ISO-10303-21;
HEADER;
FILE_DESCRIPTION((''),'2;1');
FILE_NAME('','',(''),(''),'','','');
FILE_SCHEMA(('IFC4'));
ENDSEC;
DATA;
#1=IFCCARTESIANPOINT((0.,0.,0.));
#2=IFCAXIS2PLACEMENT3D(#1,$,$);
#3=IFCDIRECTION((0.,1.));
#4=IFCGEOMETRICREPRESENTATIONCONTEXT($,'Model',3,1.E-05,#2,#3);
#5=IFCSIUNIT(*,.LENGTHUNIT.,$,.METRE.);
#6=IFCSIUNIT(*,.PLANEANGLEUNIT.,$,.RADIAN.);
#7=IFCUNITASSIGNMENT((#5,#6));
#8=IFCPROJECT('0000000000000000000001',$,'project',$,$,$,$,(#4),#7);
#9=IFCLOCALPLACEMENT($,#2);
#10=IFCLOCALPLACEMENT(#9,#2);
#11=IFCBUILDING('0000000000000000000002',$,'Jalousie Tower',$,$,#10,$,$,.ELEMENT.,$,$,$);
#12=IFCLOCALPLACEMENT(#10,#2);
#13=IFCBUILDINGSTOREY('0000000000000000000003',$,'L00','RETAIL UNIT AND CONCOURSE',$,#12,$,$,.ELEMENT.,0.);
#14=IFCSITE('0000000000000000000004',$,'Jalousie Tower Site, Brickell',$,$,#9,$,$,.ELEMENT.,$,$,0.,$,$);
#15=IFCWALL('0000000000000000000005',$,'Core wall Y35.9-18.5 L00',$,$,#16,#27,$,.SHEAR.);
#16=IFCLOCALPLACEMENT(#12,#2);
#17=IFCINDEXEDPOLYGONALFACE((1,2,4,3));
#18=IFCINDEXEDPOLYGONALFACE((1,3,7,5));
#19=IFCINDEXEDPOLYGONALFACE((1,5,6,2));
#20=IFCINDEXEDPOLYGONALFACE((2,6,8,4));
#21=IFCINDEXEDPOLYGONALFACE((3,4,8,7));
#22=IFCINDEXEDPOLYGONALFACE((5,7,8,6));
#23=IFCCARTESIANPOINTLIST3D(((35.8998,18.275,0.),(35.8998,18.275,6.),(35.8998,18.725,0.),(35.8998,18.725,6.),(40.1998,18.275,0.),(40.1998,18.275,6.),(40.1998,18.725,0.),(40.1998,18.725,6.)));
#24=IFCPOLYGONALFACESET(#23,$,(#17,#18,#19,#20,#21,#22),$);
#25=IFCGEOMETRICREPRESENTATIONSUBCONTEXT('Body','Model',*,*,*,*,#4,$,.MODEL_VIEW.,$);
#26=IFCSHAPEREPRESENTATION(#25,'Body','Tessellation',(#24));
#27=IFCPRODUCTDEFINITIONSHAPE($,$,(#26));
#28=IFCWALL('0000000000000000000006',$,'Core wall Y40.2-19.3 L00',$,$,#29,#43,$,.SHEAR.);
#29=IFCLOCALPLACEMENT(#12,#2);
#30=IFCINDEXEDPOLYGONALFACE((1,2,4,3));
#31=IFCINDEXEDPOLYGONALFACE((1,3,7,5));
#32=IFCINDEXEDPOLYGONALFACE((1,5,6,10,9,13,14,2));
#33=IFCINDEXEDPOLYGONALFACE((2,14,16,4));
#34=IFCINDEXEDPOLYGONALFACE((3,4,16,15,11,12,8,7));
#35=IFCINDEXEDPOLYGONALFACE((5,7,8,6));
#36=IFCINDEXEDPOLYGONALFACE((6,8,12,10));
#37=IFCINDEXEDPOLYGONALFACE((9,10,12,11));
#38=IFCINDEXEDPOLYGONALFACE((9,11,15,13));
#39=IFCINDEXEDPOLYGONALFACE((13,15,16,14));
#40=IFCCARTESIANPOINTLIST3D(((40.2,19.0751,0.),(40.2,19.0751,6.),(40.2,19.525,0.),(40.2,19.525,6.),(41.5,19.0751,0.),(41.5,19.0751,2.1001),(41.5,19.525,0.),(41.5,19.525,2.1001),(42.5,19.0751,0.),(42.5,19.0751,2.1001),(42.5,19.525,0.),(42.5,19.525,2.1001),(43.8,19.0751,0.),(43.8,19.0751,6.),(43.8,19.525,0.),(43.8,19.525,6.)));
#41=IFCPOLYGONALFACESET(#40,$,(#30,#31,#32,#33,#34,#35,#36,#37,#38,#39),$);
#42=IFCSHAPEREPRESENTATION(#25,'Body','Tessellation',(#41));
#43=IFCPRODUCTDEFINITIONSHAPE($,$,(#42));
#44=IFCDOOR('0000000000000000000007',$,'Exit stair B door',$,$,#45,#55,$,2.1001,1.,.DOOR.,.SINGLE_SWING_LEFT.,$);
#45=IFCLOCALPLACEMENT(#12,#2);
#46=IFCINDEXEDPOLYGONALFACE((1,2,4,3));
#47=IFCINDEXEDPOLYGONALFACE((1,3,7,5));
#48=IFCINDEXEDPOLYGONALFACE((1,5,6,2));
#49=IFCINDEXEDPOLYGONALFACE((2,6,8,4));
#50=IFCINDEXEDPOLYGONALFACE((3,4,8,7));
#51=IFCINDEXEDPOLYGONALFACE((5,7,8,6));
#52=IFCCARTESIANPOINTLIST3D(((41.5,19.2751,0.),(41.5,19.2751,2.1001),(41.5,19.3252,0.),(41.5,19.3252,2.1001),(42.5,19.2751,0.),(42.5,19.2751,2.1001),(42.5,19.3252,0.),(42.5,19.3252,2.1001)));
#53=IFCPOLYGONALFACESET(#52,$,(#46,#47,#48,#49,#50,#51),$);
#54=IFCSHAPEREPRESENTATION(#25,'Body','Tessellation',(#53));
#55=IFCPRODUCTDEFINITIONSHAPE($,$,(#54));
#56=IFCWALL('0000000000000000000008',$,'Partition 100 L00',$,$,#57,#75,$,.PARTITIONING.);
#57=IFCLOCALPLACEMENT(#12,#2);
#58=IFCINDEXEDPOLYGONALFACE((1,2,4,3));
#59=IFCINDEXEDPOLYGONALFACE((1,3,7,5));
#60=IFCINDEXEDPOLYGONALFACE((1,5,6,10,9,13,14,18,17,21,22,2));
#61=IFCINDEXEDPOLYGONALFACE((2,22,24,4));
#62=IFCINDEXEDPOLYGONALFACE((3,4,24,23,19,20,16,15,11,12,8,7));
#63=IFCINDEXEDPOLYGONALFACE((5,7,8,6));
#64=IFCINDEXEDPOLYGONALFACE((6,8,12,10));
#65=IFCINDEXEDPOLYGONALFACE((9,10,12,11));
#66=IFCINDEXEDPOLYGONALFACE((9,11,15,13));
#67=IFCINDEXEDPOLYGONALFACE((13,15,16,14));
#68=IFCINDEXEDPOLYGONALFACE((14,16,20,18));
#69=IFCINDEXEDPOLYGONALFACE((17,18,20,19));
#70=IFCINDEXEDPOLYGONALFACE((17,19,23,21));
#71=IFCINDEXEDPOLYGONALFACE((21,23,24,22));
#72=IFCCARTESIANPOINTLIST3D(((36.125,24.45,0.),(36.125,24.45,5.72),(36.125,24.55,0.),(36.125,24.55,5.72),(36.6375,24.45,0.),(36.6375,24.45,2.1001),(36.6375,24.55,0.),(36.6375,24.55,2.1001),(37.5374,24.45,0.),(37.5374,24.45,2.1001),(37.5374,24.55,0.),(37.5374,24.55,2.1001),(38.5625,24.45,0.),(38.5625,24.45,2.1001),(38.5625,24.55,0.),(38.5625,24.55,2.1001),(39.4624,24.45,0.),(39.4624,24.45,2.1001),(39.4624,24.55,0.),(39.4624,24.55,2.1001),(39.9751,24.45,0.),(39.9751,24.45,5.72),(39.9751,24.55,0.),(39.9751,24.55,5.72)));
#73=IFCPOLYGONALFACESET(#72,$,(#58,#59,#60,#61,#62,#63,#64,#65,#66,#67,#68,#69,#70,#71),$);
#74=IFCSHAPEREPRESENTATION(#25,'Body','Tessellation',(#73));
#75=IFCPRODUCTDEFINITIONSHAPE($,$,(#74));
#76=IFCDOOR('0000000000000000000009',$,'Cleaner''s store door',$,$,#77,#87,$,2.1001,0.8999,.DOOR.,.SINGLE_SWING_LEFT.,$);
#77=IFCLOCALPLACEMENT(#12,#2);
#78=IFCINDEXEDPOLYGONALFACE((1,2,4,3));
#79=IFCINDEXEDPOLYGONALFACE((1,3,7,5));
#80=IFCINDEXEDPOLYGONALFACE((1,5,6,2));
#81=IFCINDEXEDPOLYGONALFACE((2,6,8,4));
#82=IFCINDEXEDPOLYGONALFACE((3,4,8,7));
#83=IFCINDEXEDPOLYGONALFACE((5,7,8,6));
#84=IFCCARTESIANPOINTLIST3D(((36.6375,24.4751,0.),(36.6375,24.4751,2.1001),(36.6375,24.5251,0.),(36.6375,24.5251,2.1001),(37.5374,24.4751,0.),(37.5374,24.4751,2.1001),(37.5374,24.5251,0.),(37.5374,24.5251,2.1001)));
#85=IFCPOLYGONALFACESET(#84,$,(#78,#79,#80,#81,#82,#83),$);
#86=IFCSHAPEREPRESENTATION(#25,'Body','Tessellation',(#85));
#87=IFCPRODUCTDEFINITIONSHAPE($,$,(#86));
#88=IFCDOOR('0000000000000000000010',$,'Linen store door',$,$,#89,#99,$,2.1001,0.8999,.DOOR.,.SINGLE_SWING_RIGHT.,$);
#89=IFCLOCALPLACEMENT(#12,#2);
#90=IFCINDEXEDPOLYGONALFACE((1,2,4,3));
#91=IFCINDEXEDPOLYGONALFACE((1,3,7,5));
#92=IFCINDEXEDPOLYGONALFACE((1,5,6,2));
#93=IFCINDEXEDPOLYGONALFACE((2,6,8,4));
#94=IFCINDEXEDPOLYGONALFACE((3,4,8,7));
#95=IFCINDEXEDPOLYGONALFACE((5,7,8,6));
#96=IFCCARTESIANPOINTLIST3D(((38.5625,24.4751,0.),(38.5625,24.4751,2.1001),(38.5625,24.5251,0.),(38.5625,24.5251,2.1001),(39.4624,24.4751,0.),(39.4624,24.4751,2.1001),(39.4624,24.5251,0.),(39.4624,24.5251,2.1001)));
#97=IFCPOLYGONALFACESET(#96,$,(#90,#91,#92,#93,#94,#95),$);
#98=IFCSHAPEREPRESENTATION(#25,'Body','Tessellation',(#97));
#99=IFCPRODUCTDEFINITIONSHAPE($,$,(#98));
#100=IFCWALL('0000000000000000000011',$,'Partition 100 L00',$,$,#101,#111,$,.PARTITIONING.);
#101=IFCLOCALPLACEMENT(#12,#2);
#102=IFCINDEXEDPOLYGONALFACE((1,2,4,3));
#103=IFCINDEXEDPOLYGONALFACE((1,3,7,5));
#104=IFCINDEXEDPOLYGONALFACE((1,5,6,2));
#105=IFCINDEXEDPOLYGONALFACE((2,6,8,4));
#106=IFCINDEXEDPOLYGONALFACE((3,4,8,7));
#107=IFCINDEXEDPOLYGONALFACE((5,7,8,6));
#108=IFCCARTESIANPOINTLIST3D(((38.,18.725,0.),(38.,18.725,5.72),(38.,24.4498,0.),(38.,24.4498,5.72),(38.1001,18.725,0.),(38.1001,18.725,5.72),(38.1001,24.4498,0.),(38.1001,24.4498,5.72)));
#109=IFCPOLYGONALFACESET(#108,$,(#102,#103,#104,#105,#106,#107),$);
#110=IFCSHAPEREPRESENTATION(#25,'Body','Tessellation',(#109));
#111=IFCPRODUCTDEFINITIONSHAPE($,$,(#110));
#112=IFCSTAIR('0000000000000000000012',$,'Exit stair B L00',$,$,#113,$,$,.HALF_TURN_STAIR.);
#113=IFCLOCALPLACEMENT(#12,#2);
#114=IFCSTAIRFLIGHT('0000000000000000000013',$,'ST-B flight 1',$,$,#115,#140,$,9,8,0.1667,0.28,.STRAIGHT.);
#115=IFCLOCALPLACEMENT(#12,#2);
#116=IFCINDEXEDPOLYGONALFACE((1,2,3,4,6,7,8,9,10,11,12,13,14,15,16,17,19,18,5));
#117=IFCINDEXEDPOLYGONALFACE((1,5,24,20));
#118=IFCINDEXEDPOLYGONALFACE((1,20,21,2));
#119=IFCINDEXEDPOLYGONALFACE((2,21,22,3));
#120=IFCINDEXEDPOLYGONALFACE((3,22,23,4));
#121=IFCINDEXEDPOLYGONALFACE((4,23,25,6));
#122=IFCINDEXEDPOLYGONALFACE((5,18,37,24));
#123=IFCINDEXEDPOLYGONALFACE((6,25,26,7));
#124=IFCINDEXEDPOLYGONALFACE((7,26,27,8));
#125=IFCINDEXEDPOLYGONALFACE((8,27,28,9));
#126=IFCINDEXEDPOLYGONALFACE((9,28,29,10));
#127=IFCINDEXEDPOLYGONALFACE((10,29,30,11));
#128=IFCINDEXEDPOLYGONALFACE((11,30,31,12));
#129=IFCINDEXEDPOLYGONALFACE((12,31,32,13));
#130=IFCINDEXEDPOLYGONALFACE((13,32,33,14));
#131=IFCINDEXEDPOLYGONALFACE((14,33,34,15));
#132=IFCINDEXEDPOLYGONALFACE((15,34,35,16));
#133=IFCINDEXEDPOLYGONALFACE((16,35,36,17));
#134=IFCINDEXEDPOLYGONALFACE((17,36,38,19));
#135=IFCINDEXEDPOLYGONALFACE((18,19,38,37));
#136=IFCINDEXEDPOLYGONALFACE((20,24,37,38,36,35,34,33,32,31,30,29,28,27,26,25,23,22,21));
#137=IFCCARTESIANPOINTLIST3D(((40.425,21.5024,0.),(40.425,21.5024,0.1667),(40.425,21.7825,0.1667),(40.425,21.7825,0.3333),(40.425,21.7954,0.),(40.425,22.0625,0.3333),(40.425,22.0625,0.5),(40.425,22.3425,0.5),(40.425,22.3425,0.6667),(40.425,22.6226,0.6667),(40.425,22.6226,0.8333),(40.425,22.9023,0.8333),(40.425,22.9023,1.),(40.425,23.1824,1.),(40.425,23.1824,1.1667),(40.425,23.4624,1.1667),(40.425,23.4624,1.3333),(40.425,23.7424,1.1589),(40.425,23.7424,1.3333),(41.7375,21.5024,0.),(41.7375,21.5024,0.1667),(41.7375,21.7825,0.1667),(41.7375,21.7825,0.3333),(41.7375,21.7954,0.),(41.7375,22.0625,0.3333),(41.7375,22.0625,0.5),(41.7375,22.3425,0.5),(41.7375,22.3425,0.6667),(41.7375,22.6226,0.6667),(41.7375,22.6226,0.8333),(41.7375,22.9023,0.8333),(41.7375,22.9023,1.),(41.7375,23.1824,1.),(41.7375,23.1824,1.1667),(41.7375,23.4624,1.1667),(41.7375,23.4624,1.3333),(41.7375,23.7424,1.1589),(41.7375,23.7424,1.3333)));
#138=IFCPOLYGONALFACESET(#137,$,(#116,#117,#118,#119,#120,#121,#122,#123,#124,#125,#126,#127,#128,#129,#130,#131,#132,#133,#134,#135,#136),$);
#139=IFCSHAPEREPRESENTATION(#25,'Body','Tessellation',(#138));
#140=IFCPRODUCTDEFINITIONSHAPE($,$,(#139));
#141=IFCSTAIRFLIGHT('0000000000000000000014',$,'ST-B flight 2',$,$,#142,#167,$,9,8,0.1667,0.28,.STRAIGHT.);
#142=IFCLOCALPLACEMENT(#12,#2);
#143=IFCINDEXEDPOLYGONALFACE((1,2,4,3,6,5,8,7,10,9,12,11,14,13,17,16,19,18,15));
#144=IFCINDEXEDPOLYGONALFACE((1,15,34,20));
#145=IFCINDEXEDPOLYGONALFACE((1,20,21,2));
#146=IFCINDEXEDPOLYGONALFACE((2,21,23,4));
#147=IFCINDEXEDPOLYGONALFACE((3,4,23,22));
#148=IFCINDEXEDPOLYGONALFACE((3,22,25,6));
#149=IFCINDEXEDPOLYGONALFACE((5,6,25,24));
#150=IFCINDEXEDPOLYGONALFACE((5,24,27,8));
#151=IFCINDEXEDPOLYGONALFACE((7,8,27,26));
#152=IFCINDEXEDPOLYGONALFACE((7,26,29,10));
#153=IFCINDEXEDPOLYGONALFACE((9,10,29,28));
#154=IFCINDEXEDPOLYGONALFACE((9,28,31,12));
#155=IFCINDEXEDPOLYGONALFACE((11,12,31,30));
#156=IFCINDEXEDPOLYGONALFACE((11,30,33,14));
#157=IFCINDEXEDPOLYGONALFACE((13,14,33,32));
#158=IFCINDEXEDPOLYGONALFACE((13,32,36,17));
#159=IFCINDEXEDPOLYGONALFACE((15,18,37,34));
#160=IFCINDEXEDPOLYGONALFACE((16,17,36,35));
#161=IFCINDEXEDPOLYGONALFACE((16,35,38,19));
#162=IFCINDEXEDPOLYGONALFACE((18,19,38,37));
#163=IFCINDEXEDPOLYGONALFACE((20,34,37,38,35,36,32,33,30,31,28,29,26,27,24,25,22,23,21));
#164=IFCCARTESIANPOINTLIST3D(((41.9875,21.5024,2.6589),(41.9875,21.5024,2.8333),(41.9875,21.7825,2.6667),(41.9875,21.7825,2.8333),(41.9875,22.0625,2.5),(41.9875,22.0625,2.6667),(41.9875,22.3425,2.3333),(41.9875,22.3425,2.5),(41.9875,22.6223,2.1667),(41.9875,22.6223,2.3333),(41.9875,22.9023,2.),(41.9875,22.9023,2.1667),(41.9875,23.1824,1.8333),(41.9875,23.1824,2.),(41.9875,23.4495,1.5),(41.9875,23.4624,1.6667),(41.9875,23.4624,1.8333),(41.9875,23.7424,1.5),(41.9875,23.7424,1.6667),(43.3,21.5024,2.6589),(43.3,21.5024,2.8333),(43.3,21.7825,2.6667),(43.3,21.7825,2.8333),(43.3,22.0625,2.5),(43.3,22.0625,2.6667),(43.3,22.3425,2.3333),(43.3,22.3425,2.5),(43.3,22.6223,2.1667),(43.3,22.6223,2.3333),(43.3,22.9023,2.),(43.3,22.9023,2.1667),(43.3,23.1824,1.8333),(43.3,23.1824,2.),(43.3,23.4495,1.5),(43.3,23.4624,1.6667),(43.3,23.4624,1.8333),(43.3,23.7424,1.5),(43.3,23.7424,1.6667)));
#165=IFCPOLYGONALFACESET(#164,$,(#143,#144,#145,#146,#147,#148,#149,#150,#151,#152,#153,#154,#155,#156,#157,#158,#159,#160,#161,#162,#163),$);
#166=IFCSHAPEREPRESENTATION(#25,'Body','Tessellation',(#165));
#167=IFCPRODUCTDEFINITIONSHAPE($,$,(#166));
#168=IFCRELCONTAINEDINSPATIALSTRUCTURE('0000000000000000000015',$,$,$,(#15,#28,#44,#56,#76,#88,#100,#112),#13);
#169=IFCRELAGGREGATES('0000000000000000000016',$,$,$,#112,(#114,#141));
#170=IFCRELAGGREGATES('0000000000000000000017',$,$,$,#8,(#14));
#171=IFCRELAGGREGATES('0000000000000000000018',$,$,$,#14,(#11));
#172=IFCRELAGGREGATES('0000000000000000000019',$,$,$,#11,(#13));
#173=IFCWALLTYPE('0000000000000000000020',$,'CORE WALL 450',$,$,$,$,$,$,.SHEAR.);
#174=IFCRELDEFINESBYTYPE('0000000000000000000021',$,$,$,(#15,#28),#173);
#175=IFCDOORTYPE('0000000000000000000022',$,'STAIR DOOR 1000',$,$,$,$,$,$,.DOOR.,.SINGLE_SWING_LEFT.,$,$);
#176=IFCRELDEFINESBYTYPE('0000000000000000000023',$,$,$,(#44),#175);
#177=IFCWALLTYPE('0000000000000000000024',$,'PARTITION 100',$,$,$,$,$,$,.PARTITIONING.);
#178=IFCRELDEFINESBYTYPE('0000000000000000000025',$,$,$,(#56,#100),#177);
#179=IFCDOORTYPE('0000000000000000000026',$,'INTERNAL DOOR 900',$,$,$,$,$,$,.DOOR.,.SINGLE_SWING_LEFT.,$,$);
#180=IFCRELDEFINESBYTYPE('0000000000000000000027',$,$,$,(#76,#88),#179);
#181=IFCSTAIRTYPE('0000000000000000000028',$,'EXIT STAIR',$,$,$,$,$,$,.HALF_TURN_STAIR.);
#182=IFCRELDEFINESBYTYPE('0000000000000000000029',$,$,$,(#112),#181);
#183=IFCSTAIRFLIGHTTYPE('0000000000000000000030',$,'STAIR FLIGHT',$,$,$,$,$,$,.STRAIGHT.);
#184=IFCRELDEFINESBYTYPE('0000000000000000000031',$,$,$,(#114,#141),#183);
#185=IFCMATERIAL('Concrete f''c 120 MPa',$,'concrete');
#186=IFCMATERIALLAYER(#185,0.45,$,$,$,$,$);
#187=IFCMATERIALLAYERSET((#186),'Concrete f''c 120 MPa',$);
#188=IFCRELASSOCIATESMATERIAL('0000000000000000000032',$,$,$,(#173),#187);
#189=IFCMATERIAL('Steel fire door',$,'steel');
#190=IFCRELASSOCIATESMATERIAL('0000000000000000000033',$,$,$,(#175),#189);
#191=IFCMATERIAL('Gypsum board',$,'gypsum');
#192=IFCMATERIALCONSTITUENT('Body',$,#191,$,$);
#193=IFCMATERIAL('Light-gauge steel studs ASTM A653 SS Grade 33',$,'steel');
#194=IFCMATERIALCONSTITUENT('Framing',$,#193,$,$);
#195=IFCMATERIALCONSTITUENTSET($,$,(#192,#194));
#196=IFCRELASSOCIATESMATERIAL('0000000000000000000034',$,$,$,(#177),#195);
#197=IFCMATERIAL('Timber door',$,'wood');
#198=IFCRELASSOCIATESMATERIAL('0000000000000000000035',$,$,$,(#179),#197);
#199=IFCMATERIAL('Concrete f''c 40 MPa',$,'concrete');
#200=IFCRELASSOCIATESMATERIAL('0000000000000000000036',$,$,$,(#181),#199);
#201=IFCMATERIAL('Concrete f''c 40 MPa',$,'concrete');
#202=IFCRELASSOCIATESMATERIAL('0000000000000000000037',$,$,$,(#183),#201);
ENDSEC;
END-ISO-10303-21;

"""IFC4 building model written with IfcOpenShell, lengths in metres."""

from ifc_helpers import new_model, si_unit, direction, frame, frame_2d, origin, place, context, subcontext, project, spatial, polyline, rectangle, outline, extrude, material, layer, layer_set, constituent, constituent_set, type_object, element, fill, aggregate, save


model = new_model("IFC4")

# Units and contexts
model_context = context("Model", 3, precision=1e-05, world=origin(), true_north=direction((0.0, 1.0)))
body_context = subcontext(model_context, "Body", "Model", "MODEL_VIEW")
ifc_project = project(units=[si_unit("LENGTHUNIT", "METRE"), si_unit("PLANEANGLEUNIT", "RADIAN")], contexts=[model_context])

# Site, building, storey
site_placement = place(None, origin())
site = spatial("IfcSite", under=ifc_project, at=site_placement, Name="Jalousie Tower Site, Brickell", CompositionType="ELEMENT", RefElevation=0.0)
building_placement = place(site_placement, origin())
building = spatial("IfcBuilding", under=site, at=building_placement, Name="Jalousie Tower", CompositionType="ELEMENT")
storey_placement = place(building_placement, origin())
storey = spatial("IfcBuildingStorey", under=building, at=storey_placement, Name="L00", Description="RETAIL UNIT AND CONCOURSE", CompositionType="ELEMENT", Elevation=0.0)

# Shared definitions
ifc_material_1 = material(Name="Concrete f'c 120 MPa", Category="concrete")
ifc_layer_1 = layer(ifc_material_1, 0.45)
ifc_layer_set_1 = layer_set([ifc_layer_1], Name="Concrete f'c 120 MPa")
wall_type_1 = type_object("IfcWallType", Name="CORE WALL 450", PredefinedType="SHEAR", material=ifc_layer_set_1)

# Wall
wall_1_placement = place(storey_placement, frame((35.8999, 18.5, 0.0), z_axis=(0.0, 0.0, 1.0), x_axis=(1.0, 0.0, 0.0)))
element("IfcWall", 1, at=wall_1_placement, inside=storey, type_object=wall_type_1, Name="Core wall Y35.9-18.5 L00", PredefinedType="SHEAR", context=body_context, shape_type="SweptSolid", body=[
    extrude(rectangle(XDim=4.3, YDim=0.45, at=frame_2d((2.1499, 0.0))), origin(), (0.0, 0.0, 1.0), 6.0),
])

# Wall, opening, door
wall_2_placement = place(storey_placement, frame((40.2, 19.3, 0.0), z_axis=(0.0, 0.0, 1.0), x_axis=(1.0, 0.0, 0.0)))
wall_2 = element("IfcWall", 2, at=wall_2_placement, inside=storey, type_object=wall_type_1, Name="Core wall Y40.2-19.3 L00", PredefinedType="SHEAR", context=body_context, shape_type="SweptSolid", body=[
    extrude(rectangle(XDim=3.6001, YDim=0.45, at=frame_2d((1.8, 0.0))), origin(), (0.0, 0.0, 1.0), 6.0),
])
opening_1_placement = place(wall_2_placement, frame((1.3, 0.0, 0.0)))
opening_1 = element("IfcOpeningElement", 3, at=opening_1_placement, cuts=wall_2, PredefinedType="OPENING", context=body_context, shape_type="SweptSolid", body=[
    extrude(rectangle(XDim=1.0, YDim=2.1001, at=frame_2d((0.5, 1.05))), frame((0.0, 0.2349, 0.0), z_axis=(0.0, -1.0, 0.0), x_axis=(1.0, 0.0, 0.0)), (0.0, 0.0, 1.0), 0.47),
])
ifc_material_2 = material(Name="Steel fire door", Category="steel")
door_type_1 = type_object("IfcDoorType", Name="STAIR DOOR 1000", OperationType="SINGLE_SWING_LEFT", PredefinedType="DOOR", material=ifc_material_2)
door_1_placement = place(opening_1_placement, frame((1.0, 0.0, 0.0), z_axis=(0.0, 0.0, 1.0), x_axis=(-1.0, 0.0, 0.0)))
door_1 = element("IfcDoor", 4, at=door_1_placement, inside=storey, type_object=door_type_1, Name="Exit stair B door", OperationType="SINGLE_SWING_LEFT", OverallHeight=2.1001, OverallWidth=1.0, PredefinedType="DOOR", context=body_context, shape_type="SweptSolid", body=[
    extrude(rectangle(XDim=1.0, YDim=2.1001, at=frame_2d((0.5, 1.05))), frame((0.0, 0.0249, 0.0), z_axis=(0.0, -1.0, 0.0), x_axis=(1.0, 0.0, 0.0)), (0.0, 0.0, 1.0), 0.05),
])
fill(opening_1, door_1)

# Wall, openings, doors
ifc_material_3 = material(Name="Gypsum board", Category="gypsum")
ifc_constituent_1 = constituent(ifc_material_3, Name="Body")
ifc_material_4 = material(Name="Light-gauge steel studs ASTM A653 SS Grade 33", Category="steel")
ifc_constituent_2 = constituent(ifc_material_4, Name="Framing")
ifc_constituent_set_1 = constituent_set(constituents=[ifc_constituent_1, ifc_constituent_2])
wall_type_2 = type_object("IfcWallType", Name="PARTITION 100", PredefinedType="PARTITIONING", material=ifc_constituent_set_1)
wall_3_placement = place(storey_placement, frame((36.125, 24.5, 0.0), z_axis=(0.0, 0.0, 1.0), x_axis=(1.0, 0.0, 0.0)))
wall_3 = element("IfcWall", 5, at=wall_3_placement, inside=storey, type_object=wall_type_2, Name="Partition 100 L00", PredefinedType="PARTITIONING", context=body_context, shape_type="SweptSolid", body=[
    extrude(rectangle(XDim=3.8501, YDim=0.1001, at=frame_2d((1.925, 0.0))), origin(), (0.0, 0.0, 1.0), 5.72),
])
opening_2_placement = place(wall_3_placement, frame((0.5125, 0.0, 0.0)))
opening_2 = element("IfcOpeningElement", 6, at=opening_2_placement, cuts=wall_3, PredefinedType="OPENING", context=body_context, shape_type="SweptSolid", body=[
    extrude(rectangle(XDim=0.8999, YDim=2.1001, at=frame_2d((0.45, 1.05))), frame((0.0, 0.0601, 0.0), z_axis=(0.0, -1.0, 0.0), x_axis=(1.0, 0.0, 0.0)), (0.0, 0.0, 1.0), 0.1201),
])
opening_3_placement = place(wall_3_placement, frame((2.4375, 0.0, 0.0)))
opening_3 = element("IfcOpeningElement", 7, at=opening_3_placement, cuts=wall_3, PredefinedType="OPENING", context=body_context, shape_type="SweptSolid", body=[
    extrude(rectangle(XDim=0.8999, YDim=2.1001, at=frame_2d((0.45, 1.05))), frame((0.0, 0.0601, 0.0), z_axis=(0.0, -1.0, 0.0), x_axis=(1.0, 0.0, 0.0)), (0.0, 0.0, 1.0), 0.1201),
])
ifc_material_5 = material(Name="Timber door", Category="wood")
door_type_2 = type_object("IfcDoorType", Name="INTERNAL DOOR 900", OperationType="SINGLE_SWING_LEFT", PredefinedType="DOOR", material=ifc_material_5)
door_2_placement = place(opening_2_placement, frame((0.8999, 0.0, 0.0), z_axis=(0.0, 0.0, 1.0), x_axis=(-1.0, 0.0, 0.0)))
door_2 = element("IfcDoor", 8, at=door_2_placement, inside=storey, type_object=door_type_2, Name="Cleaner's store door", OperationType="SINGLE_SWING_LEFT", OverallHeight=2.1001, OverallWidth=0.8999, PredefinedType="DOOR", context=body_context, shape_type="SweptSolid", body=[
    extrude(rectangle(XDim=0.8999, YDim=2.1001, at=frame_2d((0.45, 1.05))), frame((0.0, 0.0249, 0.0), z_axis=(0.0, -1.0, 0.0), x_axis=(1.0, 0.0, 0.0)), (0.0, 0.0, 1.0), 0.05),
])
fill(opening_2, door_2)
door_3_placement = place(opening_3_placement, frame((0.8999, 0.0, 0.0), z_axis=(0.0, 0.0, 1.0), x_axis=(-1.0, 0.0, 0.0)))
door_3 = element("IfcDoor", 9, at=door_3_placement, inside=storey, type_object=door_type_2, Name="Linen store door", OperationType="SINGLE_SWING_RIGHT", OverallHeight=2.1001, OverallWidth=0.8999, PredefinedType="DOOR", context=body_context, shape_type="SweptSolid", body=[
    extrude(rectangle(XDim=0.8999, YDim=2.1001, at=frame_2d((0.45, 1.05))), frame((0.0, 0.0249, 0.0), z_axis=(0.0, -1.0, 0.0), x_axis=(1.0, 0.0, 0.0)), (0.0, 0.0, 1.0), 0.05),
])
fill(opening_3, door_3)

# Wall
wall_4_placement = place(storey_placement, frame((38.05, 18.7251, 0.0), z_axis=(0.0, 0.0, 1.0), x_axis=(0.0, 1.0, 0.0)))
element("IfcWall", 10, at=wall_4_placement, inside=storey, type_object=wall_type_2, Name="Partition 100 L00", PredefinedType="PARTITIONING", context=body_context, shape_type="SweptSolid", body=[
    extrude(rectangle(XDim=5.7249, YDim=0.1001, at=frame_2d((2.8623, 0.0))), origin(), (0.0, 0.0, 1.0), 5.72),
])

# Stair, stair flights
ifc_material_6 = material(Name="Concrete f'c 40 MPa", Category="concrete")
stair_type = type_object("IfcStairType", Name="EXIT STAIR", PredefinedType="HALF_TURN_STAIR", material=ifc_material_6)
stair_placement = place(storey_placement, origin())
stair = element("IfcStair", 11, at=stair_placement, inside=storey, type_object=stair_type, Name="Exit stair B L00", PredefinedType="HALF_TURN_STAIR")
ifc_material_7 = material(Name="Concrete f'c 40 MPa", Category="concrete")
stair_flight_type = type_object("IfcStairFlightType", Name="STAIR FLIGHT", PredefinedType="STRAIGHT", material=ifc_material_7)
stair_flight_1_placement = place(storey_placement, frame((41.0813, 21.5024, 0.0), z_axis=(0.0, 0.0, 1.0), x_axis=(0.0, 1.0, 0.0)))
stair_flight_1 = element("IfcStairFlight", 12, at=stair_flight_1_placement, type_object=stair_flight_type, Name="ST-B flight 1", NumberOfRisers=9, NumberOfTreads=8, PredefinedType="STRAIGHT", RiserHeight=0.1667, TreadLength=0.28, context=body_context, shape_type="SweptSolid", body=[
    extrude(outline(polyline([(0.0, 0.0), (0.0, 0.1667), (0.28, 0.1667), (0.28, 0.3333), (0.5601, 0.3333), (0.5601, 0.5), (0.8401, 0.5), (0.8401, 0.6667), (1.1201, 0.6667), (1.1201, 0.8333), (1.3999, 0.8333), (1.3999, 1.0), (1.6799, 1.0), (1.6799, 1.1667), (1.96, 1.1667), (1.96, 1.3333), (2.24, 1.3333), (2.24, 1.5), (2.24, 1.1589), (0.293, 0.0), (0.0, 0.0)])), frame((0.0, 0.6562, 0.0), z_axis=(0.0, -1.0, 0.0), x_axis=(1.0, 0.0, 0.0)), (0.0, 0.0, 1.0), 1.3125),
])
stair_flight_2_placement = place(storey_placement, frame((42.6438, 23.7424, 1.5), z_axis=(0.0, 0.0, 1.0), x_axis=(0.0, -1.0, 0.0)))
stair_flight_2 = element("IfcStairFlight", 13, at=stair_flight_2_placement, type_object=stair_flight_type, Name="ST-B flight 2", NumberOfRisers=9, NumberOfTreads=8, PredefinedType="STRAIGHT", RiserHeight=0.1667, TreadLength=0.28, context=body_context, shape_type="SweptSolid", body=[
    extrude(outline(polyline([(0.0, 0.0), (0.0, 0.1667), (0.28, 0.1667), (0.28, 0.3333), (0.5601, 0.3333), (0.5601, 0.5), (0.8401, 0.5), (0.8401, 0.6667), (1.1201, 0.6667), (1.1201, 0.8333), (1.3999, 0.8333), (1.3999, 1.0), (1.6799, 1.0), (1.6799, 1.1667), (1.96, 1.1667), (1.96, 1.3333), (2.24, 1.3333), (2.24, 1.5), (2.24, 1.1589), (0.293, 0.0), (0.0, 0.0)])), frame((0.0, 0.6562, 0.0), z_axis=(0.0, -1.0, 0.0), x_axis=(1.0, 0.0, 0.0)), (0.0, 0.0, 1.0), 1.3125),
])
aggregate(stair, [stair_flight_1, stair_flight_2])

save(model, "model.ifc")
